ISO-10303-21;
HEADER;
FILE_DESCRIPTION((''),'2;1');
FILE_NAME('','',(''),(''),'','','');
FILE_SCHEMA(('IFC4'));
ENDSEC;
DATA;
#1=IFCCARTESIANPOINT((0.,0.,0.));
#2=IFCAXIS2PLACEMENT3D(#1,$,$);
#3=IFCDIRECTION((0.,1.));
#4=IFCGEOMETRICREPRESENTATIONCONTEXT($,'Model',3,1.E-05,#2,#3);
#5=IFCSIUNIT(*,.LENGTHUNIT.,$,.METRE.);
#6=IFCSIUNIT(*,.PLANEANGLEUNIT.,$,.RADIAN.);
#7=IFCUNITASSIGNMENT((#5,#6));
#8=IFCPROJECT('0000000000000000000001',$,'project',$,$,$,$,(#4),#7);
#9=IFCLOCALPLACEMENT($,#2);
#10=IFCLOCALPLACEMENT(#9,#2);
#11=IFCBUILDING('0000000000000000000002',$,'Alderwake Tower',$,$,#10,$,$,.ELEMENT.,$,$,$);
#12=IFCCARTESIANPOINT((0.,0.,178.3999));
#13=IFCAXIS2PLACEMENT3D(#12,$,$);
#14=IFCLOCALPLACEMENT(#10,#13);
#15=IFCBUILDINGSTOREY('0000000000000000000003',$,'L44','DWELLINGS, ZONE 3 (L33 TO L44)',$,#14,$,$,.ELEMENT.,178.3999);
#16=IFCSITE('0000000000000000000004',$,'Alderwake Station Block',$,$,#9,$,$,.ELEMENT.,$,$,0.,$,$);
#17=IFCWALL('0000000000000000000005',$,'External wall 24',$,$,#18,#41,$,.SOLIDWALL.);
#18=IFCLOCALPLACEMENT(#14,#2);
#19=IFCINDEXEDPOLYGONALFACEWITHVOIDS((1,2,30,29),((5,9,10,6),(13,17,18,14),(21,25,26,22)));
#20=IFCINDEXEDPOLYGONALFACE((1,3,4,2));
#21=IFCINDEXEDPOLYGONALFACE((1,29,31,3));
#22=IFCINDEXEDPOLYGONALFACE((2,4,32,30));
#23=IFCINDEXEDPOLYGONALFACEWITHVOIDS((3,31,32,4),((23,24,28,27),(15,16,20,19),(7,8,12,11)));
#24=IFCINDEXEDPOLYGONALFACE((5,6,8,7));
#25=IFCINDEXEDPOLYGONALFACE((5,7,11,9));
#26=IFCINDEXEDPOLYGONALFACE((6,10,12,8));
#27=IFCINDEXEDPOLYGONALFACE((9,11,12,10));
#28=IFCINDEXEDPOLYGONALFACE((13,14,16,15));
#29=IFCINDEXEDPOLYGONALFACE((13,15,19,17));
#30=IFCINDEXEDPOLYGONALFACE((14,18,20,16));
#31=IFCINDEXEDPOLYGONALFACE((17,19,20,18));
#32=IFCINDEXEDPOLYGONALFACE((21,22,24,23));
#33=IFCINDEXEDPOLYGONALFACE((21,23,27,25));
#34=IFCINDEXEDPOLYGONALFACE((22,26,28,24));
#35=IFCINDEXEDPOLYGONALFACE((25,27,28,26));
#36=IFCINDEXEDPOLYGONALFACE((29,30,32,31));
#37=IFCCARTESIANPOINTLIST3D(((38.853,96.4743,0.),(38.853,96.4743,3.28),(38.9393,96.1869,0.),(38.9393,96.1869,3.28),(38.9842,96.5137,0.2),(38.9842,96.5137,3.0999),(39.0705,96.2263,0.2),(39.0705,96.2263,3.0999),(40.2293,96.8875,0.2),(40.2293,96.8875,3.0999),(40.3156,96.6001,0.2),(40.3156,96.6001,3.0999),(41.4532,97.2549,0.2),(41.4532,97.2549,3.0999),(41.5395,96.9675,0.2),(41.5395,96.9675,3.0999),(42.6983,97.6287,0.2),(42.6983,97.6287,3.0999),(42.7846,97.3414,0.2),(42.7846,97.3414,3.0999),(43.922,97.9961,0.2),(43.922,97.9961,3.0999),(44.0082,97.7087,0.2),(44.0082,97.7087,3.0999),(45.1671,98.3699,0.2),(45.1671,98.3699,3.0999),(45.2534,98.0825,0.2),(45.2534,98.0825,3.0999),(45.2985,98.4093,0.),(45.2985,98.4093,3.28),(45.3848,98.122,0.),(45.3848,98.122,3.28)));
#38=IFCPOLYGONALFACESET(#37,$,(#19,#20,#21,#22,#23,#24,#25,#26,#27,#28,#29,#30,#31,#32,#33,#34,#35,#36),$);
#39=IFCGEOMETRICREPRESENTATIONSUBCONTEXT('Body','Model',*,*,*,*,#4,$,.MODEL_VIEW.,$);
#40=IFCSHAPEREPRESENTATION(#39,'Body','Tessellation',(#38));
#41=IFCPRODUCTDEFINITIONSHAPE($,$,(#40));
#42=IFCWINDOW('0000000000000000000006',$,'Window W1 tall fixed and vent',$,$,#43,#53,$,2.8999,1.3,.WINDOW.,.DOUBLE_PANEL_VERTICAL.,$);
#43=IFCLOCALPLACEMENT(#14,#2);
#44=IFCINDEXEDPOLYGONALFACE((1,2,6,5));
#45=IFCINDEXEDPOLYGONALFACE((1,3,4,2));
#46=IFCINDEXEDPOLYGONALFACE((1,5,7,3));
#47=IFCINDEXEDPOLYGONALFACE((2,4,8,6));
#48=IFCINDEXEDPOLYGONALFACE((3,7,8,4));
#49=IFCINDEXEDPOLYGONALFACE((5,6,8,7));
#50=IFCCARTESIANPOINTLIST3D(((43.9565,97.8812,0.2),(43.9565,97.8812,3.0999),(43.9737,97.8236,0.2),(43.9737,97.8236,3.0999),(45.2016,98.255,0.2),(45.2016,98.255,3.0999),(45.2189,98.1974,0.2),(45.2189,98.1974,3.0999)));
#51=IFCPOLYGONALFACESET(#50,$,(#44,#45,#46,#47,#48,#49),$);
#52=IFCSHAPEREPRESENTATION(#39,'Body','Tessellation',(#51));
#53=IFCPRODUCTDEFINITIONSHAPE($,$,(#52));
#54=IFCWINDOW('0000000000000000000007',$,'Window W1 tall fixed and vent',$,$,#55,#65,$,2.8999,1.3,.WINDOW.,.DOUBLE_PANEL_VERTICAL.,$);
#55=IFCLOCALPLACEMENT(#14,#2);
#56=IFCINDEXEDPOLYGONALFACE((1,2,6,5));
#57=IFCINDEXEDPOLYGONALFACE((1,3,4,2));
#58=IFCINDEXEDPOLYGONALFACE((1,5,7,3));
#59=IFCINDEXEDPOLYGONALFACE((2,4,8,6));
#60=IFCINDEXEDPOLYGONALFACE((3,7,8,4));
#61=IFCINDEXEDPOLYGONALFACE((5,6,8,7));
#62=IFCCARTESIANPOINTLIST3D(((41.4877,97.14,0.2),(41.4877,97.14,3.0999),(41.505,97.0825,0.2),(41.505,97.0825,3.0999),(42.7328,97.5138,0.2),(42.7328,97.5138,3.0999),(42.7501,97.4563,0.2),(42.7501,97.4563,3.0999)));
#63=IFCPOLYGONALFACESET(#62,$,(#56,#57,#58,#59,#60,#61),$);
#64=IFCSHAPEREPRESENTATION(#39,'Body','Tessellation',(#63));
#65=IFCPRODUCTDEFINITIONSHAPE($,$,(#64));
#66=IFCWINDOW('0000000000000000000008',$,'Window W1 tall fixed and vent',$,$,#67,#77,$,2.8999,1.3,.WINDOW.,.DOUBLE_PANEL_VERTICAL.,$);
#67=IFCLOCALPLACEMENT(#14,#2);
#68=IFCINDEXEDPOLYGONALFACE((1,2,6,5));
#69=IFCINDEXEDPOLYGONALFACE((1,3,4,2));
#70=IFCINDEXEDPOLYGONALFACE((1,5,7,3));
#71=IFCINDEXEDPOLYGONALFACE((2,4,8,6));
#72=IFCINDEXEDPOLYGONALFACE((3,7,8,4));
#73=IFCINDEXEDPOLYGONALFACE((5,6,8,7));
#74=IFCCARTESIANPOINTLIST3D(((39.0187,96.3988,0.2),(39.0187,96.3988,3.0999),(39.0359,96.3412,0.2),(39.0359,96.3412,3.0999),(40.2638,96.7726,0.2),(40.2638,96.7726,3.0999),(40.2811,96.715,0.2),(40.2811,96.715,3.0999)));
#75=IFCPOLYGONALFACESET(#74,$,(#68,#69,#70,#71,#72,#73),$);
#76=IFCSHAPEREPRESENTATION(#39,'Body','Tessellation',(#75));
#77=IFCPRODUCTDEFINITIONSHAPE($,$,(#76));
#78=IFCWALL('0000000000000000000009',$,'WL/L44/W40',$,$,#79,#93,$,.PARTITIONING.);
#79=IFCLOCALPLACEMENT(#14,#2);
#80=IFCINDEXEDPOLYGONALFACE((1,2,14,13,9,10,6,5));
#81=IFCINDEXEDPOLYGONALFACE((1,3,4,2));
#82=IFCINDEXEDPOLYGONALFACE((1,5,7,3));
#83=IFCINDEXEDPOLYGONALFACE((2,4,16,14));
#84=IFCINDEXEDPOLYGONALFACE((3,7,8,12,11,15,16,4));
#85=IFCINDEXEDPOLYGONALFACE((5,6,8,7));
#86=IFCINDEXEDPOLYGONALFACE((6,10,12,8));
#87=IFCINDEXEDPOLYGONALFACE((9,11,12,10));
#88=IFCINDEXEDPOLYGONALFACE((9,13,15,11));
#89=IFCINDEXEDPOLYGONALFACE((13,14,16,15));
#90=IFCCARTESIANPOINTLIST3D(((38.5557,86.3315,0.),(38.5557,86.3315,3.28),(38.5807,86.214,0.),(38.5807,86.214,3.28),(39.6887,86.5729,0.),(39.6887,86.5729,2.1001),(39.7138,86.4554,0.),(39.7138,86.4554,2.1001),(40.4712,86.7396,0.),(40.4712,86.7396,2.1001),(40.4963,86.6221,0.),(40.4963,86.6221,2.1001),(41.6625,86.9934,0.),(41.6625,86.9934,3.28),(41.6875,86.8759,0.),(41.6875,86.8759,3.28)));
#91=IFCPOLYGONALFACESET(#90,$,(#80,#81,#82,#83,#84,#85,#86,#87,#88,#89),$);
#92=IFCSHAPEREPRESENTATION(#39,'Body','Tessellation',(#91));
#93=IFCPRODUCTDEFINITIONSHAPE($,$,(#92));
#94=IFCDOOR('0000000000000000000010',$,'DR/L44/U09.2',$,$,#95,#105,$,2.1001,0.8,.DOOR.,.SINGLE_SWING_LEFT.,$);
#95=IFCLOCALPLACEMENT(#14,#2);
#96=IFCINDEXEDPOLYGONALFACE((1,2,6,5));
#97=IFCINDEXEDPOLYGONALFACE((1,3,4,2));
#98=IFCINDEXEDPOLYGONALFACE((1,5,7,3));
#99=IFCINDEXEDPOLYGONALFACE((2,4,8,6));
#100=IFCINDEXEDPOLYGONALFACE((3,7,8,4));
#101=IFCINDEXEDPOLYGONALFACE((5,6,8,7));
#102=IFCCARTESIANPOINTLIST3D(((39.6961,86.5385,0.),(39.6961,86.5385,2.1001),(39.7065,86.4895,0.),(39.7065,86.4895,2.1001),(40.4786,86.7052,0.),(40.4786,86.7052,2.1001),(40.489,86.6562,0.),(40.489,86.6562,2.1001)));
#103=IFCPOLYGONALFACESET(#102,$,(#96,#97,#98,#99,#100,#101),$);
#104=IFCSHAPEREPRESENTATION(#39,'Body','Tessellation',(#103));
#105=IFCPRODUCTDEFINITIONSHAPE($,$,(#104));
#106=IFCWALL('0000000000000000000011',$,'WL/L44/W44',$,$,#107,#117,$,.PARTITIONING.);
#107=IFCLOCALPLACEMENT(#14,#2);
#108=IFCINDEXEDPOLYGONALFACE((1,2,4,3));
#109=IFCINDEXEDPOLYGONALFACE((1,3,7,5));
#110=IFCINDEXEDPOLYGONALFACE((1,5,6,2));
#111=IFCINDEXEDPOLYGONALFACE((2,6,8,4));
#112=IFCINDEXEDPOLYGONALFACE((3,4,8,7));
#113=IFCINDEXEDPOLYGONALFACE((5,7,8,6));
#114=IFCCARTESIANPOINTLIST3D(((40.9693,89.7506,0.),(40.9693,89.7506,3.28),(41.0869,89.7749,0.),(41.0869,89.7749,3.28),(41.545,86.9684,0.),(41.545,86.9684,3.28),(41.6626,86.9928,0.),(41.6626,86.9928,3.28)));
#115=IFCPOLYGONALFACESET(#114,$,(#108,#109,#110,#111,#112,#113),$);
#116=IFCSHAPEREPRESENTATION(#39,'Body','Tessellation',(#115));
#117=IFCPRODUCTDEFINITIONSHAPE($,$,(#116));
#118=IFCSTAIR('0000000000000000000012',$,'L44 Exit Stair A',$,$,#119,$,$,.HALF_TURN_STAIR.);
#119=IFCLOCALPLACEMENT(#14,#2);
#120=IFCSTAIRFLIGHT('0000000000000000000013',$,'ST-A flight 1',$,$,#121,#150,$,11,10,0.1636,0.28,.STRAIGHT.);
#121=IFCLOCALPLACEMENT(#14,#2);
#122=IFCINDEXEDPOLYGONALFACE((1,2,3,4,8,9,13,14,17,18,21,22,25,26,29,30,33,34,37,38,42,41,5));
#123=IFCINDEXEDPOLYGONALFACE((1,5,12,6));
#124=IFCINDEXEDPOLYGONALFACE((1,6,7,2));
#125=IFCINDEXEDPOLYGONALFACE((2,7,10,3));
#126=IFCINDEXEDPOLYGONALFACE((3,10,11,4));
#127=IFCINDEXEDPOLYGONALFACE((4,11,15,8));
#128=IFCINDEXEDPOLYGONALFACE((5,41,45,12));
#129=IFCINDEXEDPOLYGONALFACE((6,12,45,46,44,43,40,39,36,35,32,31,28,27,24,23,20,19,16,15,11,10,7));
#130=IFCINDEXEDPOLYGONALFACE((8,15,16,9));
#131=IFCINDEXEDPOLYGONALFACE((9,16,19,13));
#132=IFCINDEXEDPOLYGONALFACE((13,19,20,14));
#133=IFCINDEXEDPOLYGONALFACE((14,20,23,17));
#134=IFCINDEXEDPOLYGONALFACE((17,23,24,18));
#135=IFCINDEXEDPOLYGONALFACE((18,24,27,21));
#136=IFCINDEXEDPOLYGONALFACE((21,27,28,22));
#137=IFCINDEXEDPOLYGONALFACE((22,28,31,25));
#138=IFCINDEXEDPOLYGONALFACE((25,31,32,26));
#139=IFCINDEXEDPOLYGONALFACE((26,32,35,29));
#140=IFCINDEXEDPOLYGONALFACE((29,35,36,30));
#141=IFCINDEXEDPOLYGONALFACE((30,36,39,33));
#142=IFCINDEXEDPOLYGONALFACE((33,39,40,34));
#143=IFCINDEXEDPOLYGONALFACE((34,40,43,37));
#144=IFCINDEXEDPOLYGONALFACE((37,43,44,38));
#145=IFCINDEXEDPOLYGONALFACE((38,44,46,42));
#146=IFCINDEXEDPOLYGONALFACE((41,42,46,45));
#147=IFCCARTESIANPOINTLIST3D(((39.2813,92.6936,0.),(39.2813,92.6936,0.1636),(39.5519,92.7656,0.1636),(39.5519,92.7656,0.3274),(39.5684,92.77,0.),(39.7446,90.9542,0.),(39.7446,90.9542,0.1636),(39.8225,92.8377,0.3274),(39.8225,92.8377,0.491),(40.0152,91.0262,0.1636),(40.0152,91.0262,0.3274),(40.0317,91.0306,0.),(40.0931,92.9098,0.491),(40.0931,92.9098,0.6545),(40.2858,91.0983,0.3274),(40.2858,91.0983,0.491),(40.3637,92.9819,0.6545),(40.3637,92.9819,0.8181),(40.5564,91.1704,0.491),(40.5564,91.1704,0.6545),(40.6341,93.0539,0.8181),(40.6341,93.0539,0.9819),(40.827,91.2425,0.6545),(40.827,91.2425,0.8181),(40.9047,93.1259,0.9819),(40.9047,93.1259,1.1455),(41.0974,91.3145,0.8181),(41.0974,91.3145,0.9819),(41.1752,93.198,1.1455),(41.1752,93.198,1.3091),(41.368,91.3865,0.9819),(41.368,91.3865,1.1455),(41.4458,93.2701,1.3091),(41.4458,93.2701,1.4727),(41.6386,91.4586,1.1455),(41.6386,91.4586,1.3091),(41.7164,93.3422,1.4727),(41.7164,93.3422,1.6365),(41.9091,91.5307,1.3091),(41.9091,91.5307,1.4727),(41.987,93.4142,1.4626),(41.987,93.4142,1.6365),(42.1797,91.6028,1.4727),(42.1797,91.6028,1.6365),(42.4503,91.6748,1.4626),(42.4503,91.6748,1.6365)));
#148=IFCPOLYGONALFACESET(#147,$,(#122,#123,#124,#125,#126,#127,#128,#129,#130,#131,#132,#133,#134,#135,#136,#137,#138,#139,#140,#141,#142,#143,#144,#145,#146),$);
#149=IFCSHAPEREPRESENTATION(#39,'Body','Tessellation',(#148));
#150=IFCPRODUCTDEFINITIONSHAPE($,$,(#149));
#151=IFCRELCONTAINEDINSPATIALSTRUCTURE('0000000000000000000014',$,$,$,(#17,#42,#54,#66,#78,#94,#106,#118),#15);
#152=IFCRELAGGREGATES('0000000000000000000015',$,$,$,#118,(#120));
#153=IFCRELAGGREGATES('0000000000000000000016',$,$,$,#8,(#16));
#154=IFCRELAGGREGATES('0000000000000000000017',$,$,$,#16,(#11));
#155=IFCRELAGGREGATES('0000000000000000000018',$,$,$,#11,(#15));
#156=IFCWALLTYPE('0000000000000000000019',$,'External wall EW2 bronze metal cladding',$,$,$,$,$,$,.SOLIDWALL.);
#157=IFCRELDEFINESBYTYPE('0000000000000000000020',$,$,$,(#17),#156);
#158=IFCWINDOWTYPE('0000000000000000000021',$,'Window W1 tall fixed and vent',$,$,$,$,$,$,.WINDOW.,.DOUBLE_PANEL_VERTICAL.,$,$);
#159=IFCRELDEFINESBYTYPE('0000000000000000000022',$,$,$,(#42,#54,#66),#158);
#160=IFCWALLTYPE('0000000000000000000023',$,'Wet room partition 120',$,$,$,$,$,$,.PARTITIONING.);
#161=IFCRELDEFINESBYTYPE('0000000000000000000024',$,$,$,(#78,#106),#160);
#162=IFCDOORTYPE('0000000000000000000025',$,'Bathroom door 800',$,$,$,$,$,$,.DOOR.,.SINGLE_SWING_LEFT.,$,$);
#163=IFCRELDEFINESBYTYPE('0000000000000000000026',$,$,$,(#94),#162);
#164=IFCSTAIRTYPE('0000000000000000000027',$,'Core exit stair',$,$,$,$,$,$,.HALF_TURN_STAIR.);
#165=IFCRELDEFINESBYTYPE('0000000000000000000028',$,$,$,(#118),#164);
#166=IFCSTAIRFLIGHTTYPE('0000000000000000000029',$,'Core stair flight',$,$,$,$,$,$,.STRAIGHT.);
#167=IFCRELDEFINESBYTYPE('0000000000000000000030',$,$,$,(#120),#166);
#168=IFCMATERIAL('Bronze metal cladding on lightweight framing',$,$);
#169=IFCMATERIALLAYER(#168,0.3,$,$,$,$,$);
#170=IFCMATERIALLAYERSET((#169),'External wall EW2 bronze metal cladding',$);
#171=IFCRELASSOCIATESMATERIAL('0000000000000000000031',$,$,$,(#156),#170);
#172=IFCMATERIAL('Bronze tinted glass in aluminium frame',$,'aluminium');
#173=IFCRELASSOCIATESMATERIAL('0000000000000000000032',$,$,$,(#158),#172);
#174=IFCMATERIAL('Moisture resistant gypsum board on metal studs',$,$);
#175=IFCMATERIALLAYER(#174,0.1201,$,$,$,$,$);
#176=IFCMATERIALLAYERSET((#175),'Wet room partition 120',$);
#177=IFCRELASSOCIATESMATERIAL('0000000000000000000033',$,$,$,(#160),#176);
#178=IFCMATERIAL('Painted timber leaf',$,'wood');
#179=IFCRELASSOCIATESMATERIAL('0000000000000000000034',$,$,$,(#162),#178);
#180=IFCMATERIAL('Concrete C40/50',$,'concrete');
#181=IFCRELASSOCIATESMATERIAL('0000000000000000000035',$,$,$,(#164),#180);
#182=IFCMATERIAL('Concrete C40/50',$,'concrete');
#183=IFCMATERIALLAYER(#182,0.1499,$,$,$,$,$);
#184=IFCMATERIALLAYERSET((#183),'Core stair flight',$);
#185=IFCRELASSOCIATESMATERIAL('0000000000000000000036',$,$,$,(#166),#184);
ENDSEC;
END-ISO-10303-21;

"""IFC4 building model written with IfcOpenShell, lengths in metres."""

from ifc_helpers import new_model, si_unit, direction, frame, frame_2d, origin, place, context, subcontext, project, spatial, polyline, rectangle, outline, extrude, material, layer, layer_set, type_object, element, fill, aggregate, save


model = new_model("IFC4")

# Units and contexts
model_context = context("Model", 3, precision=1e-05, world=origin(), true_north=direction((0.0, 1.0)))
body_context = subcontext(model_context, "Body", "Model", "MODEL_VIEW")
ifc_project = project(units=[si_unit("LENGTHUNIT", "METRE"), si_unit("PLANEANGLEUNIT", "RADIAN")], contexts=[model_context])

# Site, building, storey
site_placement = place(None, origin())
site = spatial("IfcSite", under=ifc_project, at=site_placement, Name="Alderwake Station Block", CompositionType="ELEMENT", RefElevation=0.0)
building_placement = place(site_placement, origin())
building = spatial("IfcBuilding", under=site, at=building_placement, Name="Alderwake Tower", CompositionType="ELEMENT")
storey_placement = place(building_placement, frame((0.0, 0.0, 178.3999)))
storey = spatial("IfcBuildingStorey", under=building, at=storey_placement, Name="L44", Description="DWELLINGS, ZONE 3 (L33 TO L44)", CompositionType="ELEMENT", Elevation=178.3999)

# Shared definitions
ifc_material_1 = material(Name="Bronze metal cladding on lightweight framing")
ifc_layer_1 = layer(ifc_material_1, 0.3)
ifc_layer_set_1 = layer_set([ifc_layer_1], Name="External wall EW2 bronze metal cladding")
wall_type_1 = type_object("IfcWallType", Name="External wall EW2 bronze metal cladding", PredefinedType="SOLIDWALL", material=ifc_layer_set_1)
ifc_material_2 = material(Name="Bronze tinted glass in aluminium frame", Category="aluminium")
window_type = type_object("IfcWindowType", Name="Window W1 tall fixed and vent", PartitioningType="DOUBLE_PANEL_VERTICAL", PredefinedType="WINDOW", material=ifc_material_2)

# Wall, openings, windows
wall_1_placement = place(storey_placement, frame((45.3416, 98.2656, 0.0), z_axis=(0.0, 0.0, 1.0), x_axis=(-0.957769, -0.287538, 0.0)))
wall_1 = element("IfcWall", 1, at=wall_1_placement, inside=storey, type_object=wall_type_1, Name="External wall 24", PredefinedType="SOLIDWALL", context=body_context, shape_type="SweptSolid", body=[
    extrude(rectangle(XDim=6.7297, YDim=0.3, at=frame_2d((3.3647, 0.0))), origin(), (0.0, 0.0, 1.0), 3.28),
])
opening_1_placement = place(wall_1_placement, frame((0.1372, 0.0, 0.2)))
opening_1 = element("IfcOpeningElement", 2, at=opening_1_placement, cuts=wall_1, PredefinedType="OPENING", context=body_context, shape_type="SweptSolid", body=[
    extrude(rectangle(XDim=1.3, YDim=2.8999, at=frame_2d((0.6499, 1.45))), frame((0.0, 0.1599, 0.0), z_axis=(0.0, -1.0, 0.0), x_axis=(1.0, 0.0, 0.0)), (0.0, 0.0, 1.0), 0.3201),
])
opening_2_placement = place(wall_1_placement, frame((2.7148, 0.0, 0.2)))
opening_2 = element("IfcOpeningElement", 3, at=opening_2_placement, cuts=wall_1, PredefinedType="OPENING", context=body_context, shape_type="SweptSolid", body=[
    extrude(rectangle(XDim=1.3, YDim=2.8999, at=frame_2d((0.6499, 1.45))), frame((0.0, 0.1599, 0.0), z_axis=(0.0, -1.0, 0.0), x_axis=(1.0, 0.0, 0.0)), (0.0, 0.0, 1.0), 0.3201),
])
opening_3_placement = place(wall_1_placement, frame((5.2927, 0.0, 0.2)))
opening_3 = element("IfcOpeningElement", 4, at=opening_3_placement, cuts=wall_1, PredefinedType="OPENING", context=body_context, shape_type="SweptSolid", body=[
    extrude(rectangle(XDim=1.3, YDim=2.8999, at=frame_2d((0.6499, 1.45))), frame((0.0, 0.1599, 0.0), z_axis=(0.0, -1.0, 0.0), x_axis=(1.0, 0.0, 0.0)), (0.0, 0.0, 1.0), 0.3201),
])
window_1_placement = place(opening_1_placement, origin())
window_1 = element("IfcWindow", 5, at=window_1_placement, inside=storey, type_object=window_type, Name="Window W1 tall fixed and vent", OverallHeight=2.8999, OverallWidth=1.3, PartitioningType="DOUBLE_PANEL_VERTICAL", PredefinedType="WINDOW", context=body_context, shape_type="SweptSolid", body=[
    extrude(rectangle(XDim=1.3, YDim=2.8999, at=frame_2d((0.6499, 1.45))), frame((0.0, 0.03, 0.0), z_axis=(0.0, -1.0, 0.0), x_axis=(1.0, 0.0, 0.0)), (0.0, 0.0, 1.0), 0.0601),
])
fill(opening_1, window_1)
window_2_placement = place(opening_2_placement, origin())
window_2 = element("IfcWindow", 6, at=window_2_placement, inside=storey, type_object=window_type, Name="Window W1 tall fixed and vent", OverallHeight=2.8999, OverallWidth=1.3, PartitioningType="DOUBLE_PANEL_VERTICAL", PredefinedType="WINDOW", context=body_context, shape_type="SweptSolid", body=[
    extrude(rectangle(XDim=1.3, YDim=2.8999, at=frame_2d((0.6499, 1.45))), frame((0.0, 0.03, 0.0), z_axis=(0.0, -1.0, 0.0), x_axis=(1.0, 0.0, 0.0)), (0.0, 0.0, 1.0), 0.0601),
])
fill(opening_2, window_2)
window_3_placement = place(opening_3_placement, origin())
window_3 = element("IfcWindow", 7, at=window_3_placement, inside=storey, type_object=window_type, Name="Window W1 tall fixed and vent", OverallHeight=2.8999, OverallWidth=1.3, PartitioningType="DOUBLE_PANEL_VERTICAL", PredefinedType="WINDOW", context=body_context, shape_type="SweptSolid", body=[
    extrude(rectangle(XDim=1.3, YDim=2.8999, at=frame_2d((0.6499, 1.45))), frame((0.0, 0.03, 0.0), z_axis=(0.0, -1.0, 0.0), x_axis=(1.0, 0.0, 0.0)), (0.0, 0.0, 1.0), 0.0601),
])
fill(opening_3, window_3)

# Wall, opening, door
ifc_material_3 = material(Name="Moisture resistant gypsum board on metal studs")
ifc_layer_2 = layer(ifc_material_3, 0.1201)
ifc_layer_set_2 = layer_set([ifc_layer_2], Name="Wet room partition 120")
wall_type_2 = type_object("IfcWallType", Name="Wet room partition 120", PredefinedType="PARTITIONING", material=ifc_layer_set_2)
wall_2_placement = place(storey_placement, frame((38.5681, 86.2727, 0.0), z_axis=(0.0, 0.0, 1.0), x_axis=(0.97805, 0.208369, 0.0)))
wall_2 = element("IfcWall", 8, at=wall_2_placement, inside=storey, type_object=wall_type_2, Name="WL/L44/W40", PredefinedType="PARTITIONING", context=body_context, shape_type="SweptSolid", body=[
    extrude(rectangle(XDim=3.1765, YDim=0.1201, at=frame_2d((1.5884, 0.0))), origin(), (0.0, 0.0, 1.0), 3.28),
])
opening_4_placement = place(wall_2_placement, frame((1.1587, 0.0, 0.0)))
opening_4 = element("IfcOpeningElement", 9, at=opening_4_placement, cuts=wall_2, PredefinedType="OPENING", context=body_context, shape_type="SweptSolid", body=[
    extrude(rectangle(XDim=0.8, YDim=2.1001, at=frame_2d((0.3999, 1.05))), frame((0.0, 0.0701, 0.0), z_axis=(0.0, -1.0, 0.0), x_axis=(1.0, 0.0, 0.0)), (0.0, 0.0, 1.0), 0.1401),
])
ifc_material_4 = material(Name="Painted timber leaf", Category="wood")
door_type = type_object("IfcDoorType", Name="Bathroom door 800", OperationType="SINGLE_SWING_LEFT", PredefinedType="DOOR", material=ifc_material_4)
door_placement = place(opening_4_placement, origin())
door = element("IfcDoor", 10, at=door_placement, inside=storey, type_object=door_type, Name="DR/L44/U09.2", OperationType="SINGLE_SWING_LEFT", OverallHeight=2.1001, OverallWidth=0.8, PredefinedType="DOOR", context=body_context, shape_type="SweptSolid", body=[
    extrude(rectangle(XDim=0.8, YDim=2.1001, at=frame_2d((0.3999, 1.05))), frame((0.0, 0.0249, 0.0), z_axis=(0.0, -1.0, 0.0), x_axis=(1.0, 0.0, 0.0)), (0.0, 0.0, 1.0), 0.05),
])
fill(opening_4, door)

# Wall
wall_3_placement = place(storey_placement, frame((41.6038, 86.9807, 0.0), z_axis=(0.0, 0.0, 1.0), x_axis=(-0.202623, 0.979257, 0.0)))
element("IfcWall", 11, at=wall_3_placement, inside=storey, type_object=wall_type_2, Name="WL/L44/W44", PredefinedType="PARTITIONING", context=body_context, shape_type="SweptSolid", body=[
    extrude(rectangle(XDim=2.8411, YDim=0.1201, at=frame_2d((1.4204, 0.0))), origin(), (0.0, 0.0, 1.0), 3.28),
])

# Stair, stair flight
ifc_material_5 = material(Name="Concrete C40/50", Category="concrete")
stair_type = type_object("IfcStairType", Name="Core exit stair", PredefinedType="HALF_TURN_STAIR", material=ifc_material_5)
stair_placement = place(storey_placement, origin())
stair = element("IfcStair", 12, at=stair_placement, inside=storey, type_object=stair_type, Name="L44 Exit Stair A", PredefinedType="HALF_TURN_STAIR")
ifc_material_6 = material(Name="Concrete C40/50", Category="concrete")
ifc_layer_3 = layer(ifc_material_6, 0.1499)
ifc_layer_set_3 = layer_set([ifc_layer_3], Name="Core stair flight")
stair_flight_type = type_object("IfcStairFlightType", Name="Core stair flight", PredefinedType="STRAIGHT", material=ifc_layer_set_3)
stair_flight_1_placement = place(storey_placement, frame((39.5129, 91.824, 0.0), z_axis=(0.0, 0.0, 1.0), x_axis=(0.96631, 0.257382, 0.0)))
stair_flight_1 = element("IfcStairFlight", 13, at=stair_flight_1_placement, type_object=stair_flight_type, Name="ST-A flight 1", NumberOfRisers=11, NumberOfTreads=10, PredefinedType="STRAIGHT", RiserHeight=0.1636, TreadLength=0.28, context=body_context, shape_type="SweptSolid", body=[
    extrude(outline(polyline([(0.0, 0.0), (0.0, 0.1636), (0.28, 0.1636), (0.28, 0.3274), (0.5601, 0.3274), (0.5601, 0.491), (0.8401, 0.491), (0.8401, 0.6545), (1.1201, 0.6545), (1.1201, 0.8181), (1.3999, 0.8181), (1.3999, 0.9819), (1.6799, 0.9819), (1.6799, 1.1455), (1.96, 1.1455), (1.96, 1.3091), (2.24, 1.3091), (2.24, 1.4727), (2.52, 1.4727), (2.52, 1.6365), (2.8, 1.6365), (2.8, 1.8), (2.8, 1.4626), (0.2971, 0.0), (0.0, 0.0)])), frame((0.0, 0.8999, 0.0), z_axis=(0.0, -1.0, 0.0), x_axis=(1.0, 0.0, 0.0)), (0.0, 0.0, 1.0), 1.8),
])
aggregate(stair, [stair_flight_1])

save(model, "model.ifc")
